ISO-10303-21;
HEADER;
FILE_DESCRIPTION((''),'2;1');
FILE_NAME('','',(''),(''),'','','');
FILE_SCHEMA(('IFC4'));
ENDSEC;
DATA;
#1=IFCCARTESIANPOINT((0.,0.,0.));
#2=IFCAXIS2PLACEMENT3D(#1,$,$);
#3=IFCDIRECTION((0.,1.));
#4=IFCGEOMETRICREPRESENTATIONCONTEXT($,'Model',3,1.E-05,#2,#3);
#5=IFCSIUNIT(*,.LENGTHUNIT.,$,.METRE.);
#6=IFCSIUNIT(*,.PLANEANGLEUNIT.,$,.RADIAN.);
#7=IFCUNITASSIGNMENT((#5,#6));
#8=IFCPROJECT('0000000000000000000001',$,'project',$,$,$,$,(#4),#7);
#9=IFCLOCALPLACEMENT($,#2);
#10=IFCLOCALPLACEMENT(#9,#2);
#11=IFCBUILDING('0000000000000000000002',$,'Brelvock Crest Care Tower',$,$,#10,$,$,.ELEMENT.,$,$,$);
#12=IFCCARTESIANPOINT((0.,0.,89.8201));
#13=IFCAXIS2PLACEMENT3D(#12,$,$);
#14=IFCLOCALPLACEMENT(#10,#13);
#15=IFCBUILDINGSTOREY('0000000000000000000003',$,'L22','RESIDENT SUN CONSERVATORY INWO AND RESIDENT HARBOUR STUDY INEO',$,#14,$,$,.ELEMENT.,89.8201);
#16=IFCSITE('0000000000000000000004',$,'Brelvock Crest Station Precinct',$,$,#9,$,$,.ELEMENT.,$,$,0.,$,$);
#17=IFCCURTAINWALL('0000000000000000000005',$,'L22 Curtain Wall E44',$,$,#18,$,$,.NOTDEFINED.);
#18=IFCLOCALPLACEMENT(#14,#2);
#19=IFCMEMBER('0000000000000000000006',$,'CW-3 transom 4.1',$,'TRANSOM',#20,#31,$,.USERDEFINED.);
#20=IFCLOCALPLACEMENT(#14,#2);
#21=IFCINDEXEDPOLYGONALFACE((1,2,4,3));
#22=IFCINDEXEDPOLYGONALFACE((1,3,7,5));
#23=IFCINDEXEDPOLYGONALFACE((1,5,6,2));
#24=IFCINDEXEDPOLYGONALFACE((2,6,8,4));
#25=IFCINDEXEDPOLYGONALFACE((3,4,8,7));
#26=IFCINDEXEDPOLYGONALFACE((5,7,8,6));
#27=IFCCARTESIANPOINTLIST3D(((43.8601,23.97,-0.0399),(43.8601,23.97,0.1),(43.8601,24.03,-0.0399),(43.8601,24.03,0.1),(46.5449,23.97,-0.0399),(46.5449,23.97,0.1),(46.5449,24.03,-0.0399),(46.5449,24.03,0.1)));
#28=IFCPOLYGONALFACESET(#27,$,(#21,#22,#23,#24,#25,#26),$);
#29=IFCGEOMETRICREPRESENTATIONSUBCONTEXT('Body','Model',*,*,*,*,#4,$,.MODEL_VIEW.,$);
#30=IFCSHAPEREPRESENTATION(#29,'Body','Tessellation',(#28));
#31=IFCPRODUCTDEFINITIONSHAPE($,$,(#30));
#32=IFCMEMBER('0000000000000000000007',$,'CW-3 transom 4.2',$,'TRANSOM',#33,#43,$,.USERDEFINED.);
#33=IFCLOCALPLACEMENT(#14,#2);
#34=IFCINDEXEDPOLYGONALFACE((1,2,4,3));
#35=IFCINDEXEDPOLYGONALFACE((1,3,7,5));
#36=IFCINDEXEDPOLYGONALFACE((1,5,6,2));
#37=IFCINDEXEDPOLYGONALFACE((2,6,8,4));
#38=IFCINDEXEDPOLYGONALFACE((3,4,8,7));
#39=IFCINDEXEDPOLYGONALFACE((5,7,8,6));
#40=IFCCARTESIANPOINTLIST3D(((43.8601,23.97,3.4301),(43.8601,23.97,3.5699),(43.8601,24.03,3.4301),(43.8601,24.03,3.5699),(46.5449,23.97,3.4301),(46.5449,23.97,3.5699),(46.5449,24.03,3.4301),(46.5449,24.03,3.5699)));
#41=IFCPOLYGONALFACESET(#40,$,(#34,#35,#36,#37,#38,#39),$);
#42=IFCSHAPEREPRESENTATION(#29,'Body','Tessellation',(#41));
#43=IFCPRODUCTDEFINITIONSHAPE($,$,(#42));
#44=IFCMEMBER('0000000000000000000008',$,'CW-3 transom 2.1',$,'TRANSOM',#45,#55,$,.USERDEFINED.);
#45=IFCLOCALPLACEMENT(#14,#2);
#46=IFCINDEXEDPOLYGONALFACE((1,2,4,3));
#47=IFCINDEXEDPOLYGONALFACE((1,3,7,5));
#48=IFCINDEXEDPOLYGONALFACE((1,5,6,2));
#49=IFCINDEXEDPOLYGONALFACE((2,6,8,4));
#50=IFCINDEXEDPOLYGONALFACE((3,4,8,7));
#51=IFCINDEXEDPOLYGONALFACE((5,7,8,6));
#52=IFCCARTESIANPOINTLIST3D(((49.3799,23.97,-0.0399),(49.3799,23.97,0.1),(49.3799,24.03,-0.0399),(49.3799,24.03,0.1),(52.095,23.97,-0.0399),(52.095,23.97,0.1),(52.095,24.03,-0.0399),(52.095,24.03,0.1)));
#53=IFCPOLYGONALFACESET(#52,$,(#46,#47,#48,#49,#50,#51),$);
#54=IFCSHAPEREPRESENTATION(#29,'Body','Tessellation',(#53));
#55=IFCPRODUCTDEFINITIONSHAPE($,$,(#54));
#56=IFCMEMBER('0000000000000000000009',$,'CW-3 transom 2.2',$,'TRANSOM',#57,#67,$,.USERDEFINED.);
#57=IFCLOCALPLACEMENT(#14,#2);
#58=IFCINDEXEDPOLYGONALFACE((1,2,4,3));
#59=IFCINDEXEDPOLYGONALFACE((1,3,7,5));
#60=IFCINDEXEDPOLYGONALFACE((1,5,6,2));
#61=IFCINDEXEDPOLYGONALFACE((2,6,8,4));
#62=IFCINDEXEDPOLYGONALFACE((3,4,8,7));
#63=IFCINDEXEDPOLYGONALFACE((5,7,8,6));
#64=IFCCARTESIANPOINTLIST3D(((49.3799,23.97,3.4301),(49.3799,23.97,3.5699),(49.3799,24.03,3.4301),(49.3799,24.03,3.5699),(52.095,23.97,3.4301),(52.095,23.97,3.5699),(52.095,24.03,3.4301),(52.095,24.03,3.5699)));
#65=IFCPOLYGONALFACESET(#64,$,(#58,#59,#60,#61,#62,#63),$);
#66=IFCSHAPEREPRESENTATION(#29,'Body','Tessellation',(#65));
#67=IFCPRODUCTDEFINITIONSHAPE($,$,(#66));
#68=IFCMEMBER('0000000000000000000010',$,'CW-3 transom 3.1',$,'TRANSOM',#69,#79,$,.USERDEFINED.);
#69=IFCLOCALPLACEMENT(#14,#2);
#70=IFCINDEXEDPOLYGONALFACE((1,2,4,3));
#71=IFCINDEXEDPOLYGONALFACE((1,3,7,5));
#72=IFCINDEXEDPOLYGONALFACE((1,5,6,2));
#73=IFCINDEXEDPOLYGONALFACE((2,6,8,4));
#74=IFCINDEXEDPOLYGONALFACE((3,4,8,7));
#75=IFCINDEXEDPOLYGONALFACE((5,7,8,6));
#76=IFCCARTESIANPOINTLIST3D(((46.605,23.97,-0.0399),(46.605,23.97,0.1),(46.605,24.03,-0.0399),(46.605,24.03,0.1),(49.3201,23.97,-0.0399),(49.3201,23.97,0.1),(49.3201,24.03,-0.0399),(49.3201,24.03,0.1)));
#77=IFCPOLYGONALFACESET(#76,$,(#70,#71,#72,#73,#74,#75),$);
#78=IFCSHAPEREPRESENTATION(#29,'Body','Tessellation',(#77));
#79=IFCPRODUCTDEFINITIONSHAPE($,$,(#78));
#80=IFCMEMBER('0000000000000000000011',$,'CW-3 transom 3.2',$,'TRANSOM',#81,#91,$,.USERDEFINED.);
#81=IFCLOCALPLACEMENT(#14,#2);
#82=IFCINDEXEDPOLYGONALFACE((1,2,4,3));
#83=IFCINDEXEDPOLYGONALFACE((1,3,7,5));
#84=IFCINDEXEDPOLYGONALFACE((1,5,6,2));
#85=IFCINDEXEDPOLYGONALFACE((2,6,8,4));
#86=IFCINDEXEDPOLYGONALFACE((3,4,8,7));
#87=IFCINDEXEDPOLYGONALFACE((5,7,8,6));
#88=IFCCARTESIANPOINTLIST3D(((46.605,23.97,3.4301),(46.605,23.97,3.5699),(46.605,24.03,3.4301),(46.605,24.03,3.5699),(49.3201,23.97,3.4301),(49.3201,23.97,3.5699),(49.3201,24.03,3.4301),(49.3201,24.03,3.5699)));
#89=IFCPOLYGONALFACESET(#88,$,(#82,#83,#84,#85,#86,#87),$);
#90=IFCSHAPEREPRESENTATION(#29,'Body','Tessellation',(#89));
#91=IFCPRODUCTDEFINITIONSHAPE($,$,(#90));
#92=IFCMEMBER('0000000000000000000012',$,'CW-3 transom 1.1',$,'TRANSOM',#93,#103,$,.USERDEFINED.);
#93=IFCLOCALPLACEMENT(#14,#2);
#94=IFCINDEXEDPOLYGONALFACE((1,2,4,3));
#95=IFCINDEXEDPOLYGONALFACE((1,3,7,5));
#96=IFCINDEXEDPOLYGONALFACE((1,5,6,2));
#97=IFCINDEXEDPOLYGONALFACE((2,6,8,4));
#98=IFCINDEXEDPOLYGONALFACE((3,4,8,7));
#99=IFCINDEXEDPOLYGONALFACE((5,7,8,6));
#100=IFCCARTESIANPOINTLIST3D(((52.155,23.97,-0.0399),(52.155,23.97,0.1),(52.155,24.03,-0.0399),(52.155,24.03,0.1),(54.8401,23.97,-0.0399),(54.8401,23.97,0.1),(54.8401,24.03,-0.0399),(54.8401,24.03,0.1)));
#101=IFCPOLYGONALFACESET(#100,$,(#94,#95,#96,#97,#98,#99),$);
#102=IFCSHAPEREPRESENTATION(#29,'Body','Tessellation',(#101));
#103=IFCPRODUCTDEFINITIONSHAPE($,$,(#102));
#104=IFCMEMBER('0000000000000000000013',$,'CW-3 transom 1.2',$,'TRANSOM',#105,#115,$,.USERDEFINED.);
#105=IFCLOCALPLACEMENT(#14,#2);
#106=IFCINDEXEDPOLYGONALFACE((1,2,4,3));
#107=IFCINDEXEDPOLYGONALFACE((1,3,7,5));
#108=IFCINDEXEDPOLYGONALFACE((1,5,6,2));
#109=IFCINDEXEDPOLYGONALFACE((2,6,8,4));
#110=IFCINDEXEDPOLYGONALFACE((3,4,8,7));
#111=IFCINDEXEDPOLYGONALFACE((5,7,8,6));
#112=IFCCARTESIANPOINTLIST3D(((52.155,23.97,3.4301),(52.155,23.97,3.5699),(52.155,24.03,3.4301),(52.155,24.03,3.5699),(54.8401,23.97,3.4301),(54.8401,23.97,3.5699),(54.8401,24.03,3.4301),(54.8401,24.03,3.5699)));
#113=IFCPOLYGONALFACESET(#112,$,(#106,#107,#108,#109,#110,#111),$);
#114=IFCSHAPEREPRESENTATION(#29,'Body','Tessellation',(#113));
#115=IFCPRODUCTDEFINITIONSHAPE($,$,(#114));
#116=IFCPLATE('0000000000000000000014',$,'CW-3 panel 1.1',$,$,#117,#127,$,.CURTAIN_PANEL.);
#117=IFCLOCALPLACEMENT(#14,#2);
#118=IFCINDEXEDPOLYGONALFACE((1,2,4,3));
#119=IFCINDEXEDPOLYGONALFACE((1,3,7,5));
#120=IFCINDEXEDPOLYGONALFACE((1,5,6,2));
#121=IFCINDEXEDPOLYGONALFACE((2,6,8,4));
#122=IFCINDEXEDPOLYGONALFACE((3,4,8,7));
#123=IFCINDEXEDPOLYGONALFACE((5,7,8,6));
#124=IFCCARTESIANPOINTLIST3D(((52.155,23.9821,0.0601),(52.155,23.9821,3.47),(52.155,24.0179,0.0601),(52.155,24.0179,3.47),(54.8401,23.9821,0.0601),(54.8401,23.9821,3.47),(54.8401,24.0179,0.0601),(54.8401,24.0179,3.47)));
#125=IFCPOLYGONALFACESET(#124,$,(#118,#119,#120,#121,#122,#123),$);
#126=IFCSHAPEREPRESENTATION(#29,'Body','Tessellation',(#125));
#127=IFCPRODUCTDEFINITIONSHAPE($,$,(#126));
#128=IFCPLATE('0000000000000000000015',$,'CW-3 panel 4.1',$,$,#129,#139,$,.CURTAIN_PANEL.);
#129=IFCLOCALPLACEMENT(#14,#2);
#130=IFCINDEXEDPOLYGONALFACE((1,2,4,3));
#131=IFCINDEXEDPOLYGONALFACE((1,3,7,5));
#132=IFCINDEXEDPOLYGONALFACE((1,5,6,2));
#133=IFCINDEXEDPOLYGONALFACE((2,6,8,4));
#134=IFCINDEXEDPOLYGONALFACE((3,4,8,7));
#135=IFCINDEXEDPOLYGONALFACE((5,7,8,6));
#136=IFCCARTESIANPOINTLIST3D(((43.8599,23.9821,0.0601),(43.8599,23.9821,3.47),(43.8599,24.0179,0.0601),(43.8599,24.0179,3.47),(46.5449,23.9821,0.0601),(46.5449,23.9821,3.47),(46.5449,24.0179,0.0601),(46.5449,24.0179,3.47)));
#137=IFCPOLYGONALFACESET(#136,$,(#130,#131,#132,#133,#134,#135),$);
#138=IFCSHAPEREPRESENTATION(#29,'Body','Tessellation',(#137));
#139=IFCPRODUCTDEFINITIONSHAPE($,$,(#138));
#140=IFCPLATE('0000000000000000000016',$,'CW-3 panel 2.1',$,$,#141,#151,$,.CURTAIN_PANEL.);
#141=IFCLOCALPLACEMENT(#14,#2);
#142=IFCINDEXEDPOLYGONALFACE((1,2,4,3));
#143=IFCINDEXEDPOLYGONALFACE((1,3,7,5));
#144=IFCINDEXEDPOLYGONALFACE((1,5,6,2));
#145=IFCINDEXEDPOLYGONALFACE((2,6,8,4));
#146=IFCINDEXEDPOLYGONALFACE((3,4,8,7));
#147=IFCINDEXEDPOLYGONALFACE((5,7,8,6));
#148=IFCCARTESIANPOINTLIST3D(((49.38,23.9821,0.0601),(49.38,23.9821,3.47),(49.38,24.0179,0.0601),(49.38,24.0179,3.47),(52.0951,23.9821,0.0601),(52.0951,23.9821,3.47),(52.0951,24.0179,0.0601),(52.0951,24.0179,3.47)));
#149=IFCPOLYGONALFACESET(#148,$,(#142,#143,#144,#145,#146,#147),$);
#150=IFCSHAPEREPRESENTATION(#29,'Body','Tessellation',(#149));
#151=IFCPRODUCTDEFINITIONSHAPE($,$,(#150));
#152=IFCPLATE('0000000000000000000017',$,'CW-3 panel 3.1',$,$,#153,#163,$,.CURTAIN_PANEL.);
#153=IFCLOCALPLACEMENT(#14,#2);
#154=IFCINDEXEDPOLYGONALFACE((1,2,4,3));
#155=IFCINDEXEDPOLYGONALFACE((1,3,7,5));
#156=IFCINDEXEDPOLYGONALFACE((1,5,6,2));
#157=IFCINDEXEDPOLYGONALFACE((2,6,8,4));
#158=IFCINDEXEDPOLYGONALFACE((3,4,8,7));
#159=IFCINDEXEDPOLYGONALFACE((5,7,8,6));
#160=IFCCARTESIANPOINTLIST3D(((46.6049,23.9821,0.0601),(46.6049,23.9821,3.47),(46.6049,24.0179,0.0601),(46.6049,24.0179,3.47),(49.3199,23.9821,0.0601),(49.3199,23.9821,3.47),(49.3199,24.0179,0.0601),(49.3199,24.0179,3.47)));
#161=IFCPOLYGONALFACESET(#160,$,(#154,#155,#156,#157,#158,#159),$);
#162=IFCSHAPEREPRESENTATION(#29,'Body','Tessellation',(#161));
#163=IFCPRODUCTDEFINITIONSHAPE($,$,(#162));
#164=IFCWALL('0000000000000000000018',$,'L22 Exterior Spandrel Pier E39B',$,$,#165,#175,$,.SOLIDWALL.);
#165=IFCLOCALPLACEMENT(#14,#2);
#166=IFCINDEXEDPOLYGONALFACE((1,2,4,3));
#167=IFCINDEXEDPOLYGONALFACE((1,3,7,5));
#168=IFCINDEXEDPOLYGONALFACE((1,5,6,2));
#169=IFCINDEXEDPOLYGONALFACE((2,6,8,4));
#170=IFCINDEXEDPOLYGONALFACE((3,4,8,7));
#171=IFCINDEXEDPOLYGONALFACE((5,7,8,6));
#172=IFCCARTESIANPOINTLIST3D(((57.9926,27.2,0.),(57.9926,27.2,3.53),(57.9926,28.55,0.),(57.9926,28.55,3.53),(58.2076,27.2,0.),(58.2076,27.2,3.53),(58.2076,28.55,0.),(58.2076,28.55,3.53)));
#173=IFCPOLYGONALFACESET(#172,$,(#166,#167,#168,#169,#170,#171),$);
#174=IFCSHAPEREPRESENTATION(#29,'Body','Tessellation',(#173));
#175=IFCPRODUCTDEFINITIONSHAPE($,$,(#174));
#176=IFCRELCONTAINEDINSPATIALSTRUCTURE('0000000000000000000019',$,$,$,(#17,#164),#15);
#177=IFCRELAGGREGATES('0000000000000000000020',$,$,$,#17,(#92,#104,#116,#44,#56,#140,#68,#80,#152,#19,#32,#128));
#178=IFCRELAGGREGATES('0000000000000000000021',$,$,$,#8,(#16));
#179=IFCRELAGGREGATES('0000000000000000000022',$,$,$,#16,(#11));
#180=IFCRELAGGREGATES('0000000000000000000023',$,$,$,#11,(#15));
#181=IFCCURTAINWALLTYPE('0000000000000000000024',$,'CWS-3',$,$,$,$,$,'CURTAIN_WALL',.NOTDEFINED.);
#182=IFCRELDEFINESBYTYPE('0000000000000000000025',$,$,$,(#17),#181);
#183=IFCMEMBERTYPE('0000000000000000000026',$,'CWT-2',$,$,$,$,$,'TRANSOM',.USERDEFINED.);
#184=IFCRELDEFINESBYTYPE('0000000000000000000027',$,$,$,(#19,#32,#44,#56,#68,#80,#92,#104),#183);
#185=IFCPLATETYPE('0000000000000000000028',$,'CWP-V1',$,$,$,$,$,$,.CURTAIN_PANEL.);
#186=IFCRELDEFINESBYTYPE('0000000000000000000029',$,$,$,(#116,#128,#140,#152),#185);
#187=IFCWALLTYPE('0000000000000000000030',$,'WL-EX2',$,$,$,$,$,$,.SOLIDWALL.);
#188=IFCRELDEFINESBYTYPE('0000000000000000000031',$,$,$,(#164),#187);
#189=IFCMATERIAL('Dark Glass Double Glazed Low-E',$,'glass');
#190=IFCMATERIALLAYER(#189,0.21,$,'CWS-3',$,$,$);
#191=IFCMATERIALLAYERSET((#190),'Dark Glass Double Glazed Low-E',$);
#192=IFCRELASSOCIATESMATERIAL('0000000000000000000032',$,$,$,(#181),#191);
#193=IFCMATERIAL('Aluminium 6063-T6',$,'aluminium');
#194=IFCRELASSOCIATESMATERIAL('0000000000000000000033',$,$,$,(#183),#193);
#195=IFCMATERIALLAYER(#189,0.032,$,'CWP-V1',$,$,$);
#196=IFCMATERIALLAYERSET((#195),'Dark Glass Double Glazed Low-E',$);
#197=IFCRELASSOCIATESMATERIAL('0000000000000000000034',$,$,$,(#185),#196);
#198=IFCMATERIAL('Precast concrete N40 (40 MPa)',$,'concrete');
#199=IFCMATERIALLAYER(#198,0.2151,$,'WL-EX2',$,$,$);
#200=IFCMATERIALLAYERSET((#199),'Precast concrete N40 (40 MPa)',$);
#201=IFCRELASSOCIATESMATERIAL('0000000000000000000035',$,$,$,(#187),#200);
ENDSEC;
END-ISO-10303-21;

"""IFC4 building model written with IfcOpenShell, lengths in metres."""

from ifc_helpers import new_model, si_unit, direction, frame, frame_2d, origin, origin_2d, place, context, subcontext, project, spatial, rectangle, extrude, source, transform, mapped, material, layer, layer_set, material_profile, profile_set, type_object, element, aggregate, save


model = new_model("IFC4")

# Units and contexts
model_context = context("Model", 3, precision=1e-05, world=origin(), true_north=direction((0.0, 1.0)))
body_context = subcontext(model_context, "Body", "Model", "MODEL_VIEW")
ifc_project = project(units=[si_unit("LENGTHUNIT", "METRE"), si_unit("PLANEANGLEUNIT", "RADIAN")], contexts=[model_context])

# Site, building, storey
site_placement = place(None, origin())
site = spatial("IfcSite", under=ifc_project, at=site_placement, Name="Brelvock Crest Station Precinct", CompositionType="ELEMENT", RefElevation=0.0)
building_placement = place(site_placement, origin())
building = spatial("IfcBuilding", under=site, at=building_placement, Name="Brelvock Crest Care Tower", CompositionType="ELEMENT")
storey_placement = place(building_placement, frame((0.0, 0.0, 89.8201)))
storey = spatial("IfcBuildingStorey", under=building, at=storey_placement, Name="L22", Description="RESIDENT SUN CONSERVATORY INWO AND RESIDENT HARBOUR STUDY INEO", CompositionType="ELEMENT", Elevation=89.8201)

# Curtain wall, members, plates
ifc_material_1 = material(Name="Dark Glass Double Glazed Low-E", Category="glass")
ifc_layer_1 = layer(ifc_material_1, 0.21, Name="CWS-3")
ifc_layer_set_1 = layer_set([ifc_layer_1], Name="Dark Glass Double Glazed Low-E")
curtain_wall_type = type_object("IfcCurtainWallType", Name="CWS-3", ElementType="CURTAIN_WALL", PredefinedType="NOTDEFINED", material=ifc_layer_set_1)
curtain_wall_placement = place(storey_placement, origin())
curtain_wall = element("IfcCurtainWall", 1, at=curtain_wall_placement, inside=storey, type_object=curtain_wall_type, Name="L22 Curtain Wall E44", PredefinedType="NOTDEFINED")
ifc_material_2 = material(Name="Aluminium 6063-T6", Category="aluminium")
ifc_material_profile_1 = material_profile(ifc_material_2, rectangle(XDim=0.0601, YDim=0.1399, at=origin_2d()), Name="ALU60x140")
ifc_profile_set_1 = profile_set([ifc_material_profile_1], Name="Aluminium 6063-T6")
member_type_1 = type_object("IfcMemberType", Name="CWT-2", ElementType="TRANSOM", PredefinedType="USERDEFINED", material=ifc_profile_set_1)
shared_shape_1 = source(origin(), body_context, "Body", "SweptSolid", [
    extrude(rectangle(XDim=0.0601, YDim=0.1399, at=origin_2d()), origin(), (0.0, 0.0, 1.0), 2.6848),
])
member_1_placement = place(storey_placement, frame((46.5449, 24.0, 0.03), z_axis=(-1.0, 0.0, 0.0), x_axis=(0.0, -1.0, 0.0)))
member_1 = element("IfcMember", 2, at=member_1_placement, type_object=member_type_1, Name="CW-3 transom 4.1", ObjectType="TRANSOM", PredefinedType="USERDEFINED", context=body_context, shape_type="MappedRepresentation", body=[
    mapped(shared_shape_1, transform((0.0, 0.0, 0.0), x_axis=(1.0, 0.0, 0.0), y_axis=(0.0, 1.0, 0.0), z_axis=(0.0, 0.0, 1.0), scale=1.0)),
])
member_2_placement = place(storey_placement, frame((46.5449, 24.0, 3.5), z_axis=(-1.0, 0.0, 0.0), x_axis=(0.0, -1.0, 0.0)))
member_2 = element("IfcMember", 3, at=member_2_placement, type_object=member_type_1, Name="CW-3 transom 4.2", ObjectType="TRANSOM", PredefinedType="USERDEFINED", context=body_context, shape_type="MappedRepresentation", body=[
    mapped(shared_shape_1, transform((0.0, 0.0, 0.0), x_axis=(1.0, 0.0, 0.0), y_axis=(0.0, 1.0, 0.0), z_axis=(0.0, 0.0, 1.0), scale=1.0)),
])
shared_shape_2 = source(origin(), body_context, "Body", "SweptSolid", [
    extrude(rectangle(XDim=0.0601, YDim=0.1399, at=origin_2d()), origin(), (0.0, 0.0, 1.0), 2.7151),
])
member_3_placement = place(storey_placement, frame((52.095, 24.0, 0.03), z_axis=(-1.0, 0.0, 0.0), x_axis=(0.0, -1.0, 0.0)))
member_3 = element("IfcMember", 4, at=member_3_placement, type_object=member_type_1, Name="CW-3 transom 2.1", ObjectType="TRANSOM", PredefinedType="USERDEFINED", context=body_context, shape_type="MappedRepresentation", body=[
    mapped(shared_shape_2, transform((0.0, 0.0, 0.0), x_axis=(1.0, 0.0, 0.0), y_axis=(0.0, 1.0, 0.0), z_axis=(0.0, 0.0, 1.0), scale=1.0)),
])
member_4_placement = place(storey_placement, frame((52.095, 24.0, 3.5), z_axis=(-1.0, 0.0, 0.0), x_axis=(0.0, -1.0, 0.0)))
member_4 = element("IfcMember", 5, at=member_4_placement, type_object=member_type_1, Name="CW-3 transom 2.2", ObjectType="TRANSOM", PredefinedType="USERDEFINED", context=body_context, shape_type="MappedRepresentation", body=[
    mapped(shared_shape_2, transform((0.0, 0.0, 0.0), x_axis=(1.0, 0.0, 0.0), y_axis=(0.0, 1.0, 0.0), z_axis=(0.0, 0.0, 1.0), scale=1.0)),
])
member_5_placement = place(storey_placement, frame((49.3201, 24.0, 0.03), z_axis=(-1.0, 0.0, 0.0), x_axis=(0.0, -1.0, 0.0)))
member_5 = element("IfcMember", 6, at=member_5_placement, type_object=member_type_1, Name="CW-3 transom 3.1", ObjectType="TRANSOM", PredefinedType="USERDEFINED", context=body_context, shape_type="MappedRepresentation", body=[
    mapped(shared_shape_2, transform((0.0, 0.0, 0.0), x_axis=(1.0, 0.0, 0.0), y_axis=(0.0, 1.0, 0.0), z_axis=(0.0, 0.0, 1.0), scale=1.0)),
])
member_6_placement = place(storey_placement, frame((49.3201, 24.0, 3.5), z_axis=(-1.0, 0.0, 0.0), x_axis=(0.0, -1.0, 0.0)))
member_6 = element("IfcMember", 7, at=member_6_placement, type_object=member_type_1, Name="CW-3 transom 3.2", ObjectType="TRANSOM", PredefinedType="USERDEFINED", context=body_context, shape_type="MappedRepresentation", body=[
    mapped(shared_shape_2, transform((0.0, 0.0, 0.0), x_axis=(1.0, 0.0, 0.0), y_axis=(0.0, 1.0, 0.0), z_axis=(0.0, 0.0, 1.0), scale=1.0)),
])
shared_shape_3 = source(origin(), body_context, "Body", "SweptSolid", [
    extrude(rectangle(XDim=0.0601, YDim=0.1399, at=origin_2d()), origin(), (0.0, 0.0, 1.0), 2.6851),
])
member_7_placement = place(storey_placement, frame((54.8401, 24.0, 0.03), z_axis=(-1.0, 0.0, 0.0), x_axis=(0.0, -1.0, 0.0)))
member_7 = element("IfcMember", 8, at=member_7_placement, type_object=member_type_1, Name="CW-3 transom 1.1", ObjectType="TRANSOM", PredefinedType="USERDEFINED", context=body_context, shape_type="MappedRepresentation", body=[
    mapped(shared_shape_3, transform((0.0, 0.0, 0.0), x_axis=(1.0, 0.0, 0.0), y_axis=(0.0, 1.0, 0.0), z_axis=(0.0, 0.0, 1.0), scale=1.0)),
])
member_8_placement = place(storey_placement, frame((54.8401, 24.0, 3.5), z_axis=(-1.0, 0.0, 0.0), x_axis=(0.0, -1.0, 0.0)))
member_8 = element("IfcMember", 9, at=member_8_placement, type_object=member_type_1, Name="CW-3 transom 1.2", ObjectType="TRANSOM", PredefinedType="USERDEFINED", context=body_context, shape_type="MappedRepresentation", body=[
    mapped(shared_shape_3, transform((0.0, 0.0, 0.0), x_axis=(1.0, 0.0, 0.0), y_axis=(0.0, 1.0, 0.0), z_axis=(0.0, 0.0, 1.0), scale=1.0)),
])
ifc_layer_2 = layer(ifc_material_1, 0.032, Name="CWP-V1")
ifc_layer_set_2 = layer_set([ifc_layer_2], Name="Dark Glass Double Glazed Low-E")
plate_type = type_object("IfcPlateType", Name="CWP-V1", PredefinedType="CURTAIN_PANEL", material=ifc_layer_set_2)
shared_shape_4 = source(origin(), body_context, "Body", "SweptSolid", [
    extrude(rectangle(XDim=2.6851, YDim=0.0359, at=origin_2d()), origin(), (0.0, 0.0, 1.0), 3.4099),
])
plate_1_placement = place(storey_placement, frame((53.4976, 24.0, 0.0601), z_axis=(0.0, 0.0, 1.0), x_axis=(-1.0, 0.0, 0.0)))
plate_1 = element("IfcPlate", 10, at=plate_1_placement, type_object=plate_type, Name="CW-3 panel 1.1", PredefinedType="CURTAIN_PANEL", context=body_context, shape_type="MappedRepresentation", body=[
    mapped(shared_shape_4, transform((0.0, 0.0, 0.0), x_axis=(1.0, 0.0, 0.0), y_axis=(0.0, 1.0, 0.0), z_axis=(0.0, 0.0, 1.0), scale=1.0)),
])
plate_2_placement = place(storey_placement, frame((45.2024, 24.0, 0.0601), z_axis=(0.0, 0.0, 1.0), x_axis=(-1.0, 0.0, 0.0)))
plate_2 = element("IfcPlate", 11, at=plate_2_placement, type_object=plate_type, Name="CW-3 panel 4.1", PredefinedType="CURTAIN_PANEL", context=body_context, shape_type="MappedRepresentation", body=[
    mapped(shared_shape_4, transform((0.0, 0.0, 0.0), x_axis=(1.0, 0.0, 0.0), y_axis=(0.0, 1.0, 0.0), z_axis=(0.0, 0.0, 1.0), scale=1.0)),
])
shared_shape_5 = source(origin(), body_context, "Body", "SweptSolid", [
    extrude(rectangle(XDim=2.7151, YDim=0.0359, at=origin_2d()), origin(), (0.0, 0.0, 1.0), 3.4099),
])
plate_3_placement = place(storey_placement, frame((50.7375, 24.0, 0.0601), z_axis=(0.0, 0.0, 1.0), x_axis=(-1.0, 0.0, 0.0)))
plate_3 = element("IfcPlate", 12, at=plate_3_placement, type_object=plate_type, Name="CW-3 panel 2.1", PredefinedType="CURTAIN_PANEL", context=body_context, shape_type="MappedRepresentation", body=[
    mapped(shared_shape_5, transform((0.0, 0.0, 0.0), x_axis=(1.0, 0.0, 0.0), y_axis=(0.0, 1.0, 0.0), z_axis=(0.0, 0.0, 1.0), scale=1.0)),
])
plate_4_placement = place(storey_placement, frame((47.9624, 24.0, 0.0601), z_axis=(0.0, 0.0, 1.0), x_axis=(-1.0, 0.0, 0.0)))
plate_4 = element("IfcPlate", 13, at=plate_4_placement, type_object=plate_type, Name="CW-3 panel 3.1", PredefinedType="CURTAIN_PANEL", context=body_context, shape_type="MappedRepresentation", body=[
    mapped(shared_shape_5, transform((0.0, 0.0, 0.0), x_axis=(1.0, 0.0, 0.0), y_axis=(0.0, 1.0, 0.0), z_axis=(0.0, 0.0, 1.0), scale=1.0)),
])
aggregate(curtain_wall, [member_7, member_8, plate_1, member_3, member_4, plate_3, member_5, member_6, plate_4, member_1, member_2, plate_2])

# Wall
ifc_material_3 = material(Name="Precast concrete N40 (40 MPa)", Category="concrete")
ifc_layer_3 = layer(ifc_material_3, 0.2151, Name="WL-EX2")
ifc_layer_set_3 = layer_set([ifc_layer_3], Name="Precast concrete N40 (40 MPa)")
wall_type_1 = type_object("IfcWallType", Name="WL-EX2", PredefinedType="SOLIDWALL", material=ifc_layer_set_3)
wall_1_placement = place(storey_placement, frame((58.1001, 28.55, 0.0), z_axis=(0.0, 0.0, 1.0), x_axis=(0.0, -1.0, 0.0)))
element("IfcWall", 14, at=wall_1_placement, inside=storey, type_object=wall_type_1, Name="L22 Exterior Spandrel Pier E39B", PredefinedType="SOLIDWALL", context=body_context, shape_type="SweptSolid", body=[
    extrude(rectangle(XDim=1.3501, YDim=0.2151, at=frame_2d((0.675, 0.0))), origin(), (0.0, 0.0, 1.0), 3.53),
])

save(model, "model.ifc")
